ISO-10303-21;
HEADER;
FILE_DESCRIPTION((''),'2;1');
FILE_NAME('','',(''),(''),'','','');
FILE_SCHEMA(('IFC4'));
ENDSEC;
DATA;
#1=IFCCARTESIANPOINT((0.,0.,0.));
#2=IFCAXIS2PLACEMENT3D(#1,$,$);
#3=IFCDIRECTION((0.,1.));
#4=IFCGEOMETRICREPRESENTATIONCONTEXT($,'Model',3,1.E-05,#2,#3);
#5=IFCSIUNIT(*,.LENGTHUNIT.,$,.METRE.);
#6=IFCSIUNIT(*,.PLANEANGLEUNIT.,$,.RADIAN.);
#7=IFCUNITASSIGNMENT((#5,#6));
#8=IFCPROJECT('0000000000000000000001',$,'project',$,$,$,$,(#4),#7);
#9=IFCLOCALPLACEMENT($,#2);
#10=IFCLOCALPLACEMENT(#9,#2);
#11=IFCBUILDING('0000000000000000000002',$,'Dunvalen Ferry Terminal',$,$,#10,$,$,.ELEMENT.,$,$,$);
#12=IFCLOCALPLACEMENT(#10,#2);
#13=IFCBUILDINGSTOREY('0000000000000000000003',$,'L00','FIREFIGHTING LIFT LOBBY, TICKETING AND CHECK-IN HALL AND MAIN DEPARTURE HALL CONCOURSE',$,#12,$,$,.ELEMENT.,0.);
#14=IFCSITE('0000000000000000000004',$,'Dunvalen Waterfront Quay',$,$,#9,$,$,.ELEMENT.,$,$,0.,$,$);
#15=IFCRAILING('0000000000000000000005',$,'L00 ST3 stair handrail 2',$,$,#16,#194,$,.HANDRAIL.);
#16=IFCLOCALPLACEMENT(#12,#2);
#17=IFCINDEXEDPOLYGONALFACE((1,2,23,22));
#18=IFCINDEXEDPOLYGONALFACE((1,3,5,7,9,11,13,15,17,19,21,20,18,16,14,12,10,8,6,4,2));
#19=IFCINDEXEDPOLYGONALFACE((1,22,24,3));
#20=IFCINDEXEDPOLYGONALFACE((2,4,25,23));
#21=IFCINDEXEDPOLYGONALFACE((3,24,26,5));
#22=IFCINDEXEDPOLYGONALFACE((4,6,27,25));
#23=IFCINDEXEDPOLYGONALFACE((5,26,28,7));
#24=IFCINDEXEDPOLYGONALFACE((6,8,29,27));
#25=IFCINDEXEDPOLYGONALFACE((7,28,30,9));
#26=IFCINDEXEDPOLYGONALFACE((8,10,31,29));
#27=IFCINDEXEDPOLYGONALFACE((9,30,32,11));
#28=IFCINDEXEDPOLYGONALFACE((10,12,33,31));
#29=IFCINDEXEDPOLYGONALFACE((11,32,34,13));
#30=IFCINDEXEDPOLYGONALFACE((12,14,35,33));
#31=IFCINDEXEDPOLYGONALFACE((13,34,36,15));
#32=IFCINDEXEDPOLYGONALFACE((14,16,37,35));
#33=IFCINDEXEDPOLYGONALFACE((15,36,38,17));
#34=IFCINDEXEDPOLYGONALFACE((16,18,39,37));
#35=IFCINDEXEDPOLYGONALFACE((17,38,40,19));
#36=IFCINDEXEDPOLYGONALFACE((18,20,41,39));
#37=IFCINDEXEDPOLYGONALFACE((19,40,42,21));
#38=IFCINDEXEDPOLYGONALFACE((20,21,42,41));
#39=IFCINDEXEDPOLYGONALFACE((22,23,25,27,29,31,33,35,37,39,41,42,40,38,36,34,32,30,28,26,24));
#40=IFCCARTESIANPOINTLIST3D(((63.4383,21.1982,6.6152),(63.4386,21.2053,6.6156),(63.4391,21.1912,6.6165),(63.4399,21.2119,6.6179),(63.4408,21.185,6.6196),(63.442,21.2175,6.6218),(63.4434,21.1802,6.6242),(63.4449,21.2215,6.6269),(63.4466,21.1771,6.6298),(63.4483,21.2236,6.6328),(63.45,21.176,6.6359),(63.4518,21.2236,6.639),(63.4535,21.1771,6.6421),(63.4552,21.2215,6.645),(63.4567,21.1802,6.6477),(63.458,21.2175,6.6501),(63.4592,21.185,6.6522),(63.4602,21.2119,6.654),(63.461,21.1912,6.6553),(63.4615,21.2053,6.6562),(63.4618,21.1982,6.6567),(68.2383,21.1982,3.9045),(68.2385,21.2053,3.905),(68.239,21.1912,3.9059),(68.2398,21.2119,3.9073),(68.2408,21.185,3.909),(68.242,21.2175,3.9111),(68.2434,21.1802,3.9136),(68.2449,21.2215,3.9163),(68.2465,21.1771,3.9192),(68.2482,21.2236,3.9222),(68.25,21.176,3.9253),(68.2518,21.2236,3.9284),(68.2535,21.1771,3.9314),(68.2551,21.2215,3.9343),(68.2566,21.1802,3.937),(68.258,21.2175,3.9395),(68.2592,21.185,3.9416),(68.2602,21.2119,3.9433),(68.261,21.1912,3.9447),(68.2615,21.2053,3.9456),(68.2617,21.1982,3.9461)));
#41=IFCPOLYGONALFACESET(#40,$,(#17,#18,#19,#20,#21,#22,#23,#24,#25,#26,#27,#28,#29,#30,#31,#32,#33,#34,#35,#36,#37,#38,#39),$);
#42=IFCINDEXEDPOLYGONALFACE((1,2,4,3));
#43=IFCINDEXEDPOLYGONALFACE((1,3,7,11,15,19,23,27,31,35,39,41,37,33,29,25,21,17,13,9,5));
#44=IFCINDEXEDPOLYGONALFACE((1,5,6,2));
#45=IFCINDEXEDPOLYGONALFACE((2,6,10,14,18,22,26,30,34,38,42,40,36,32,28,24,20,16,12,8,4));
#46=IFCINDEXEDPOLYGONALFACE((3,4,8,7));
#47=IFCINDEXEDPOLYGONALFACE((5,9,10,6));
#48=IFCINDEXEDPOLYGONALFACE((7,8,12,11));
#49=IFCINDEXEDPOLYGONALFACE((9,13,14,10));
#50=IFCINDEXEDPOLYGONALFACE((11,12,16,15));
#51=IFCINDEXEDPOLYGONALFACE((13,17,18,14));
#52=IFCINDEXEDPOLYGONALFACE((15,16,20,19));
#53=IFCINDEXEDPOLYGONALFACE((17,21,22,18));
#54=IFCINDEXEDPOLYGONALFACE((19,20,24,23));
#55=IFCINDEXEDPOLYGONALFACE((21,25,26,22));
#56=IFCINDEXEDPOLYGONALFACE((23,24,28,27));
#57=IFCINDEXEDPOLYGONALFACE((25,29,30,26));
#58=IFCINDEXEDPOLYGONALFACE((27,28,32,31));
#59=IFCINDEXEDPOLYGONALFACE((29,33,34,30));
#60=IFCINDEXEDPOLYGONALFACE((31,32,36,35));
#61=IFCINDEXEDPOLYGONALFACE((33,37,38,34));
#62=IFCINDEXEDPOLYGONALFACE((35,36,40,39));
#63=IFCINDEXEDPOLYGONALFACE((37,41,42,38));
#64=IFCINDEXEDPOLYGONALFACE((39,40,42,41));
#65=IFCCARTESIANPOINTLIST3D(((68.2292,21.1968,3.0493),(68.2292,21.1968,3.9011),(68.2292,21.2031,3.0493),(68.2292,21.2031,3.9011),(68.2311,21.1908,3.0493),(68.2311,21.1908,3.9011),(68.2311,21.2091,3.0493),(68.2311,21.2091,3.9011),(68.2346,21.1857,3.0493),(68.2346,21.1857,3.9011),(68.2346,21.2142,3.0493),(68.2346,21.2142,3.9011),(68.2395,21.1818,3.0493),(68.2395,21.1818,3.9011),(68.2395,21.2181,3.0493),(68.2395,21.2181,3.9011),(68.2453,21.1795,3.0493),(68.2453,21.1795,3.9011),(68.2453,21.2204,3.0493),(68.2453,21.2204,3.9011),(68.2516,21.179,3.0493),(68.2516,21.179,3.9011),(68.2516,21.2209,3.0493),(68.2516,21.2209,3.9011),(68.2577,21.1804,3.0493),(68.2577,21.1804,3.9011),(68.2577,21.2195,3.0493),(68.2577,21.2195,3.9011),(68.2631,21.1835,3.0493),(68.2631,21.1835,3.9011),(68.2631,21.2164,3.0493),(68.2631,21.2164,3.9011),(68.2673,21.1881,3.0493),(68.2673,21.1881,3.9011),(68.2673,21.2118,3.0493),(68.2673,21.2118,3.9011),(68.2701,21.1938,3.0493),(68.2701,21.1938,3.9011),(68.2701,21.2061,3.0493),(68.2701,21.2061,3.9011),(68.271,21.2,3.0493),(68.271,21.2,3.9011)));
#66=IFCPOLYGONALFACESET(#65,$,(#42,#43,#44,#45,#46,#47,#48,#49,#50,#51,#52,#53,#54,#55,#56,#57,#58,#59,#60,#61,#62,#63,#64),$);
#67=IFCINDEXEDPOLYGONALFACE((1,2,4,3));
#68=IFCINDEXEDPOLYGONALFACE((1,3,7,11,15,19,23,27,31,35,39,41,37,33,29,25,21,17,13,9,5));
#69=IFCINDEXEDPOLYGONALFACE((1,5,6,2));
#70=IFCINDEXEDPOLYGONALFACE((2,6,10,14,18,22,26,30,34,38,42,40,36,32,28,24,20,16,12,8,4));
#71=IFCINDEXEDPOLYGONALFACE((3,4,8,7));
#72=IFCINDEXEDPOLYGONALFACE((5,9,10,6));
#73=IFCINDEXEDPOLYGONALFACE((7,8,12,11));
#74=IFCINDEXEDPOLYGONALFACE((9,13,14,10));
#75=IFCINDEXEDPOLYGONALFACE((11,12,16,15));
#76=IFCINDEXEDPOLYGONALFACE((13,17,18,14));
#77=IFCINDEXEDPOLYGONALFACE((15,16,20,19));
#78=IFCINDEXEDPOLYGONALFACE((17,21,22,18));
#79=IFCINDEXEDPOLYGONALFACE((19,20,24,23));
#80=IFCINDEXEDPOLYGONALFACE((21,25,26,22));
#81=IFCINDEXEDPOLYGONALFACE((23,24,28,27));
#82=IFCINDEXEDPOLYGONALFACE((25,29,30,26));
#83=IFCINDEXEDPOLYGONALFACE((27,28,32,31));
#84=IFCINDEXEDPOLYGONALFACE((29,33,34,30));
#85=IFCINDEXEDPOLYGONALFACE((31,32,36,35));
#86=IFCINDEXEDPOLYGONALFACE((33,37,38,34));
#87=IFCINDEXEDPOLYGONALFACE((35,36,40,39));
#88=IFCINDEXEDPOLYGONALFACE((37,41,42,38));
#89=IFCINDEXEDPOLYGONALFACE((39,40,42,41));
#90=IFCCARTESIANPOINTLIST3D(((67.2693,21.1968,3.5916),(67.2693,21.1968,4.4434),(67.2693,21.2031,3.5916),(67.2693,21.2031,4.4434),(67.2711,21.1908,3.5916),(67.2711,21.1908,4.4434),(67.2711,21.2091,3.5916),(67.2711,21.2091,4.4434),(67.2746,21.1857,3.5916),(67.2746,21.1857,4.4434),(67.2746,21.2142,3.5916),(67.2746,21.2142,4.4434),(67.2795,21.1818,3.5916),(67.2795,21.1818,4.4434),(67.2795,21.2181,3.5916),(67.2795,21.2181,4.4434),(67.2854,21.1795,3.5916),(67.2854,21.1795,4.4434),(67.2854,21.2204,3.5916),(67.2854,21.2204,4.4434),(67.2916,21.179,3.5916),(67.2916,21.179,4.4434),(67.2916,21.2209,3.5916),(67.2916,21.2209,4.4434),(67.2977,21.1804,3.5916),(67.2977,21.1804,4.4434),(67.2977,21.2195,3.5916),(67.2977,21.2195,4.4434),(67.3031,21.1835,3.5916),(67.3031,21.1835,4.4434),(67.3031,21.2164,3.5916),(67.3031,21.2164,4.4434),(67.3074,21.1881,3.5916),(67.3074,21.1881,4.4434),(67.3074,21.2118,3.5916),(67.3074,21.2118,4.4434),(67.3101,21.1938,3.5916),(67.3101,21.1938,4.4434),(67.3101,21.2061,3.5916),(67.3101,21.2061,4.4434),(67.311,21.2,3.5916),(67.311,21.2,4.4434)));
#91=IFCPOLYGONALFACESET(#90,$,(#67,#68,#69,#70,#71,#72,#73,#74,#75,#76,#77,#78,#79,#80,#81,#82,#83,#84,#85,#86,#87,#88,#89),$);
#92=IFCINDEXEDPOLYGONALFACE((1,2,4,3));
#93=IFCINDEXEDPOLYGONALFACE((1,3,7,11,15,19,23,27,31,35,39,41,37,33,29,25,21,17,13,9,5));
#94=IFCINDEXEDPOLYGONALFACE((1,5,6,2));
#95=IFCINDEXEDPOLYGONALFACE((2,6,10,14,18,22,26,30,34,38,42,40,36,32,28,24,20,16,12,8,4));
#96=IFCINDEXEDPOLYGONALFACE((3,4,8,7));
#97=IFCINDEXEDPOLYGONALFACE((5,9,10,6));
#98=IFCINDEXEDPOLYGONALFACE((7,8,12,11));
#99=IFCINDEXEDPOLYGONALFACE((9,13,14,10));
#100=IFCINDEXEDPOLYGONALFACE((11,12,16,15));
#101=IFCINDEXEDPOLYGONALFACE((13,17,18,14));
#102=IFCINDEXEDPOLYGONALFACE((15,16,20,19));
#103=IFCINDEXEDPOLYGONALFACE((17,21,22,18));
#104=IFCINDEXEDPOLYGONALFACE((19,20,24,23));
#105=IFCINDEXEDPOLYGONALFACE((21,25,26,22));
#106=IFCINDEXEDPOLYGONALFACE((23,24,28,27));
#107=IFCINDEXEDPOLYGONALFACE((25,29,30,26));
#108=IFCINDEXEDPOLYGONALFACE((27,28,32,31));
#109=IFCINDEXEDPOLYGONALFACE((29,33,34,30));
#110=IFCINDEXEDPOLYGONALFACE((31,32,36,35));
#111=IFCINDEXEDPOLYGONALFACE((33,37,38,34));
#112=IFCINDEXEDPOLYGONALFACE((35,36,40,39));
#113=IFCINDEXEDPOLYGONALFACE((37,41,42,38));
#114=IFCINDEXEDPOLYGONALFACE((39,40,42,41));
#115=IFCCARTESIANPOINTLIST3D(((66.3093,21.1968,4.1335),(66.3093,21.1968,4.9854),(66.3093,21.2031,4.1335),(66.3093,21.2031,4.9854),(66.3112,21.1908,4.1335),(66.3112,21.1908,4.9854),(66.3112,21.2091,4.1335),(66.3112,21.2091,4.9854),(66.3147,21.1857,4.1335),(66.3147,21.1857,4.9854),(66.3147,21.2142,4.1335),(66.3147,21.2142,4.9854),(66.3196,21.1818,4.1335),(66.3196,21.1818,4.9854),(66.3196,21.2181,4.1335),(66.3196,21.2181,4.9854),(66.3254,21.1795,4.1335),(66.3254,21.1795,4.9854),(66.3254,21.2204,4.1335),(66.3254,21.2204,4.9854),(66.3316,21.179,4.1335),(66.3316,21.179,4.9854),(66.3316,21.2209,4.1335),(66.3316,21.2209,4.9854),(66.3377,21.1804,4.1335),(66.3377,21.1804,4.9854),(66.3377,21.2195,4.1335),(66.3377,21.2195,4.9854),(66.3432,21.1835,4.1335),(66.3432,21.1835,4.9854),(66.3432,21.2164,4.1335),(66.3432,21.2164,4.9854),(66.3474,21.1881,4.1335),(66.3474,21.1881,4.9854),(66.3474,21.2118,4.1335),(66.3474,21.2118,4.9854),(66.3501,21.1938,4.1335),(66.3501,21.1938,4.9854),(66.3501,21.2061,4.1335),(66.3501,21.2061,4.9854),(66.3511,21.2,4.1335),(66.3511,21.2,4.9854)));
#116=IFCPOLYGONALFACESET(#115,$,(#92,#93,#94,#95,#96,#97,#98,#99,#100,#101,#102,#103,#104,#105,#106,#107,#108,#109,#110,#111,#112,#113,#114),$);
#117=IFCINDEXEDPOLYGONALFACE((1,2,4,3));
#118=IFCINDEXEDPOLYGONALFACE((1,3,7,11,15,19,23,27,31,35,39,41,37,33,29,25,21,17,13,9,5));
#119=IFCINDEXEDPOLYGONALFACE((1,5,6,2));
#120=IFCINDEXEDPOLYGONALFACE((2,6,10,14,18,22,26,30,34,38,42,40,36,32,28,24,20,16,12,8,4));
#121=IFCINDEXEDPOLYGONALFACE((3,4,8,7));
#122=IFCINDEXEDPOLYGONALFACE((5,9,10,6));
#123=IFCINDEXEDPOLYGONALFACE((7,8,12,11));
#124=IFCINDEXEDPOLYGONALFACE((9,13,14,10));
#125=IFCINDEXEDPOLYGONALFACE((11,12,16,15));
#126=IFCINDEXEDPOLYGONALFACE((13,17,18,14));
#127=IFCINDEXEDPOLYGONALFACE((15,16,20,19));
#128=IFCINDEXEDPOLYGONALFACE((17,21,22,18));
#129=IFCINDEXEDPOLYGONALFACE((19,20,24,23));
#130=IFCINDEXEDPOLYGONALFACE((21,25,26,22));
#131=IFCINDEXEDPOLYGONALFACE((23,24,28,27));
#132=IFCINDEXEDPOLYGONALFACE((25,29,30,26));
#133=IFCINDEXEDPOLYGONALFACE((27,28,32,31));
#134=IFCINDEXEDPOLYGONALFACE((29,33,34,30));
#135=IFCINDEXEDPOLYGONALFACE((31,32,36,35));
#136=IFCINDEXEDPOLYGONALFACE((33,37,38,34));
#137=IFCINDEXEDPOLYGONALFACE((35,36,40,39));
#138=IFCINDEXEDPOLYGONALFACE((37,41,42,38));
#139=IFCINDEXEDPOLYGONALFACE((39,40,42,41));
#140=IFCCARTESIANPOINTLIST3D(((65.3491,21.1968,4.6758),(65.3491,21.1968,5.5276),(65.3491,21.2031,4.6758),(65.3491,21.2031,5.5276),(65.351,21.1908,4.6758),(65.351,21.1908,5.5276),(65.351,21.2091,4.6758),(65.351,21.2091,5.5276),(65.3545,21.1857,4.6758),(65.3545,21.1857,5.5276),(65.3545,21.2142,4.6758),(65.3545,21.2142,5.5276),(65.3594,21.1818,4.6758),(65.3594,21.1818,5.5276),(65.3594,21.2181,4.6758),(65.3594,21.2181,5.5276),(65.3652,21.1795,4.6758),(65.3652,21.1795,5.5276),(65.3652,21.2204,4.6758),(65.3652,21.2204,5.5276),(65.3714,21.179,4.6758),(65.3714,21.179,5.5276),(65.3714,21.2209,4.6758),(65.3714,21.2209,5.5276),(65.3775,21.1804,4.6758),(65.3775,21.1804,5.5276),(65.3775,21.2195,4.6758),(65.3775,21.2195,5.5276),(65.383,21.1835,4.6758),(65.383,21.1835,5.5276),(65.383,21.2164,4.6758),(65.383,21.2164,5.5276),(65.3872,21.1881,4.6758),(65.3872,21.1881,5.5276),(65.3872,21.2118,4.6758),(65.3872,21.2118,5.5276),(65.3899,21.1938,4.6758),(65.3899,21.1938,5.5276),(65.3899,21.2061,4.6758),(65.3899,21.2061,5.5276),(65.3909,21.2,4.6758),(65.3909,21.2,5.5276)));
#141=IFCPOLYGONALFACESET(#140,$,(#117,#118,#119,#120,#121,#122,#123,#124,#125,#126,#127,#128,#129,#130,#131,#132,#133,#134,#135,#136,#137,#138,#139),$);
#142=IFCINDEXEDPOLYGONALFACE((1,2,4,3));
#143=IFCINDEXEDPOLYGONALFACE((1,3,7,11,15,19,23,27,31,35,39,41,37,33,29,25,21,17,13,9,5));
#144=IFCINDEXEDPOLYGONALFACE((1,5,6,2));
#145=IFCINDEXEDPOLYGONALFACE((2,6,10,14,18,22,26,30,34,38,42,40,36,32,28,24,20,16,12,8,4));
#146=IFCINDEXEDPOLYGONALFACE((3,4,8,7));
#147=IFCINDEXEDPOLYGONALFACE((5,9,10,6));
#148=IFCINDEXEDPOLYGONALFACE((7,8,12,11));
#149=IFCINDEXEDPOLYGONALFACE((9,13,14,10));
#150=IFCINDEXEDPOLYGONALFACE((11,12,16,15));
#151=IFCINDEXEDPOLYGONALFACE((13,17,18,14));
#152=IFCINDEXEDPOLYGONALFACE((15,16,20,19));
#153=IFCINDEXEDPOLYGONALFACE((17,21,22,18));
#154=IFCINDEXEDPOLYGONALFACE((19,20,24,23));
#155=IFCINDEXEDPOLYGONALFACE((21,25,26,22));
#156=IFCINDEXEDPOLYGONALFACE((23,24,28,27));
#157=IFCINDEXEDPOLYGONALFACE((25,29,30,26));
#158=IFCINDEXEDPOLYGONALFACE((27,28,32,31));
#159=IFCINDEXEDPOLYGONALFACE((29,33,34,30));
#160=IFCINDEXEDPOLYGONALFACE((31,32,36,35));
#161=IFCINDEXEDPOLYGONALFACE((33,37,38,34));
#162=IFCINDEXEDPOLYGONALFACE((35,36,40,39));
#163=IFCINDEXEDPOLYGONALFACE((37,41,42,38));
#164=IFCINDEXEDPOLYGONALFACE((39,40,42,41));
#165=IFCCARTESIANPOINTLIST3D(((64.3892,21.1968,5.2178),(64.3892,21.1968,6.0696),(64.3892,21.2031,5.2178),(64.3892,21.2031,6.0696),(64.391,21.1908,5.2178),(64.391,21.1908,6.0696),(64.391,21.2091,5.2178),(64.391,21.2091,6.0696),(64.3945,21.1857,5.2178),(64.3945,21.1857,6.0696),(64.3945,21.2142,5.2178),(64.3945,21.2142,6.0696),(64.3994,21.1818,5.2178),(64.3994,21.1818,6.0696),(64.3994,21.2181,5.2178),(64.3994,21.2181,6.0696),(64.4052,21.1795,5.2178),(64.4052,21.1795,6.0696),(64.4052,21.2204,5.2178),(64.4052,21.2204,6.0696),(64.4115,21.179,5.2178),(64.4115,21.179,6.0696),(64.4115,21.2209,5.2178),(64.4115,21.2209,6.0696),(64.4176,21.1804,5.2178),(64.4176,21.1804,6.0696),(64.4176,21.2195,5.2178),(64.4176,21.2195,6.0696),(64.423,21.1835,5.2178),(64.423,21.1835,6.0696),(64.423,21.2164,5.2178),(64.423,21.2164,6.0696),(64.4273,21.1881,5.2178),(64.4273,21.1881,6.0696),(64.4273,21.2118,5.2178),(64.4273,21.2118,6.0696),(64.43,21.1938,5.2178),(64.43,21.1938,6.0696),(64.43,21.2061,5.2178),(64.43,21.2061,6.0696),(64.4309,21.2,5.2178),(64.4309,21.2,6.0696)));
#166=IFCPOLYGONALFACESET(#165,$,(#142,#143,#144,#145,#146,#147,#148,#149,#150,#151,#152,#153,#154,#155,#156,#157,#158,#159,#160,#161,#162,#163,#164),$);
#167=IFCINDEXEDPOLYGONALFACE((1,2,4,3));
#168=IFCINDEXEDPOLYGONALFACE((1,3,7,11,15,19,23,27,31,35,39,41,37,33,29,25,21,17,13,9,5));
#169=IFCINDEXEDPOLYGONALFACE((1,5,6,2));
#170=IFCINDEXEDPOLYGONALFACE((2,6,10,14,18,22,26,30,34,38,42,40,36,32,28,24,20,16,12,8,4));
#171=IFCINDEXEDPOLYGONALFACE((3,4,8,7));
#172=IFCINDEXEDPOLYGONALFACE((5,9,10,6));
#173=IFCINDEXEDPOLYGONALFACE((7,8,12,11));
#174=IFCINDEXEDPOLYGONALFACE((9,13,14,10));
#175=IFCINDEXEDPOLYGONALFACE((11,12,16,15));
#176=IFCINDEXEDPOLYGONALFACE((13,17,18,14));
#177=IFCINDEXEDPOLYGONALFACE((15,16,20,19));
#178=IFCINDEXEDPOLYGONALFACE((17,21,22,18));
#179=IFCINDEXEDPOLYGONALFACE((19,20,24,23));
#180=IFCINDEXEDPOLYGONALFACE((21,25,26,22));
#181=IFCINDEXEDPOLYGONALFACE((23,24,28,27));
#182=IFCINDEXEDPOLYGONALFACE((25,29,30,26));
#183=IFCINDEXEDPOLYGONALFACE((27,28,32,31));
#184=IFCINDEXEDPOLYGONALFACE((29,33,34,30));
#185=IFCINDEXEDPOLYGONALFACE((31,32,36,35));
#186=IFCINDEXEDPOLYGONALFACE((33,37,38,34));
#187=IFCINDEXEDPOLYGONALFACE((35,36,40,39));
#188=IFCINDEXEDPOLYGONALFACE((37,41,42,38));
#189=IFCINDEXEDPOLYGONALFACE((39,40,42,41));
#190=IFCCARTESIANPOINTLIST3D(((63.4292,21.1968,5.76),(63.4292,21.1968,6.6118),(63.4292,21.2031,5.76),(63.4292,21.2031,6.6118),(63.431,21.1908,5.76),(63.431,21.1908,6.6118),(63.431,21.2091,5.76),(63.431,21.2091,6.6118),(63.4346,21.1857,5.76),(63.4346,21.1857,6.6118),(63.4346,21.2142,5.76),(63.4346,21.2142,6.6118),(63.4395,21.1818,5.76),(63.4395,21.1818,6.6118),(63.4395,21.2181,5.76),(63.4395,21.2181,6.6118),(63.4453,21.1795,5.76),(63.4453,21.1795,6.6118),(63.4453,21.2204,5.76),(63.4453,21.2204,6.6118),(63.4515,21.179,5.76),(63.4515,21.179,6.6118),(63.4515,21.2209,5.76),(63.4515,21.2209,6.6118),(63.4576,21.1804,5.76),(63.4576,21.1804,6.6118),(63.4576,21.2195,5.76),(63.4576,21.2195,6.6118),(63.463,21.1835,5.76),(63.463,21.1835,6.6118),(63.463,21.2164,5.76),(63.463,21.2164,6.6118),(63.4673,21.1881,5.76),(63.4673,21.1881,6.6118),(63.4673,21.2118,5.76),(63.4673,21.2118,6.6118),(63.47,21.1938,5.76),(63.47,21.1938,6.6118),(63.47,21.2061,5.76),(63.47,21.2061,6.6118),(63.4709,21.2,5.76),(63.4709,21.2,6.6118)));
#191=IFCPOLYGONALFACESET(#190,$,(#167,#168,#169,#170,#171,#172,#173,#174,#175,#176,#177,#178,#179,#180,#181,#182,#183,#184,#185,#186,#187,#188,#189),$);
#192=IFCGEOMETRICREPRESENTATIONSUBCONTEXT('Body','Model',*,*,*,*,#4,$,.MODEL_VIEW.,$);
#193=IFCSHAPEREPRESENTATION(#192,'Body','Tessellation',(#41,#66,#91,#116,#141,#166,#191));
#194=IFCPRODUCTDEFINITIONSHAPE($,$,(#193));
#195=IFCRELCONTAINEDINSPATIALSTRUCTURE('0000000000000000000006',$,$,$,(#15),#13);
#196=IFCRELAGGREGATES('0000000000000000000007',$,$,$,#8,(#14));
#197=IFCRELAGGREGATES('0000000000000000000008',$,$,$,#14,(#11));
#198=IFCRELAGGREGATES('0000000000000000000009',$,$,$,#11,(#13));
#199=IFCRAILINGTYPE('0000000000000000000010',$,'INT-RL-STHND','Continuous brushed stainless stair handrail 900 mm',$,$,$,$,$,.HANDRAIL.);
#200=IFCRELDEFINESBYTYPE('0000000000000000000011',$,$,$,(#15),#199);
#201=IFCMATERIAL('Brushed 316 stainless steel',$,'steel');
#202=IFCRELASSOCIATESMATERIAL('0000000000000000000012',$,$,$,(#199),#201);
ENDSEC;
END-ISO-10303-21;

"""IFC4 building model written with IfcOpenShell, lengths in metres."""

from ifc_helpers import new_model, si_unit, direction, frame, origin, origin_2d, place, context, subcontext, project, spatial, circle, extrude, material, type_object, element, save


model = new_model("IFC4")

# Units and contexts
model_context = context("Model", 3, precision=1e-05, world=origin(), true_north=direction((0.0, 1.0)))
body_context = subcontext(model_context, "Body", "Model", "MODEL_VIEW")
ifc_project = project(units=[si_unit("LENGTHUNIT", "METRE"), si_unit("PLANEANGLEUNIT", "RADIAN")], contexts=[model_context])

# Site, building, storey
site_placement = place(None, origin())
site = spatial("IfcSite", under=ifc_project, at=site_placement, Name="Dunvalen Waterfront Quay", CompositionType="ELEMENT", RefElevation=0.0)
building_placement = place(site_placement, origin())
building = spatial("IfcBuilding", under=site, at=building_placement, Name="Dunvalen Ferry Terminal", CompositionType="ELEMENT")
storey_placement = place(building_placement, origin())
storey = spatial("IfcBuildingStorey", under=building, at=storey_placement, Name="L00", Description="FIREFIGHTING LIFT LOBBY, TICKETING AND CHECK-IN HALL AND MAIN DEPARTURE HALL CONCOURSE", CompositionType="ELEMENT", Elevation=0.0)

# Railing
ifc_material_1 = material(Name="Brushed 316 stainless steel", Category="steel")
railing_type_1 = type_object("IfcRailingType", Name="INT-RL-STHND", Description="Continuous brushed stainless stair handrail 900 mm", PredefinedType="HANDRAIL", material=ifc_material_1)
railing_1_placement = place(storey_placement, frame((68.25, 21.2, 3.0493)))
element("IfcRailing", 1, at=railing_1_placement, inside=storey, type_object=railing_type_1, Name="L00 ST3 stair handrail 2", PredefinedType="HANDRAIL", context=body_context, shape_type="SweptSolid", body=[
    extrude(circle(Radius=0.0239, at=origin_2d()), frame((0.0, 0.0, 0.876), z_axis=(-0.870748, 0.0, 0.49173), x_axis=(0.0, -1.0, 0.0)), (0.0, 0.0, 1.0), 5.5125),
    extrude(circle(Radius=0.021, at=origin_2d()), origin(), (0.0, 0.0, 1.0), 0.8518),
    extrude(circle(Radius=0.021, at=origin_2d()), frame((-0.96, 0.0, 0.5422)), (0.0, 0.0, 1.0), 0.8518),
    extrude(circle(Radius=0.021, at=origin_2d()), frame((-1.9199, 0.0, 1.0842)), (0.0, 0.0, 1.0), 0.8518),
    extrude(circle(Radius=0.021, at=origin_2d()), frame((-2.8801, 0.0, 1.6265)), (0.0, 0.0, 1.0), 0.8518),
    extrude(circle(Radius=0.021, at=origin_2d()), frame((-3.8401, 0.0, 2.1685)), (0.0, 0.0, 1.0), 0.8518),
    extrude(circle(Radius=0.021, at=origin_2d()), frame((-4.8, 0.0, 2.7107)), (0.0, 0.0, 1.0), 0.8518),
])

save(model, "model.ifc")
